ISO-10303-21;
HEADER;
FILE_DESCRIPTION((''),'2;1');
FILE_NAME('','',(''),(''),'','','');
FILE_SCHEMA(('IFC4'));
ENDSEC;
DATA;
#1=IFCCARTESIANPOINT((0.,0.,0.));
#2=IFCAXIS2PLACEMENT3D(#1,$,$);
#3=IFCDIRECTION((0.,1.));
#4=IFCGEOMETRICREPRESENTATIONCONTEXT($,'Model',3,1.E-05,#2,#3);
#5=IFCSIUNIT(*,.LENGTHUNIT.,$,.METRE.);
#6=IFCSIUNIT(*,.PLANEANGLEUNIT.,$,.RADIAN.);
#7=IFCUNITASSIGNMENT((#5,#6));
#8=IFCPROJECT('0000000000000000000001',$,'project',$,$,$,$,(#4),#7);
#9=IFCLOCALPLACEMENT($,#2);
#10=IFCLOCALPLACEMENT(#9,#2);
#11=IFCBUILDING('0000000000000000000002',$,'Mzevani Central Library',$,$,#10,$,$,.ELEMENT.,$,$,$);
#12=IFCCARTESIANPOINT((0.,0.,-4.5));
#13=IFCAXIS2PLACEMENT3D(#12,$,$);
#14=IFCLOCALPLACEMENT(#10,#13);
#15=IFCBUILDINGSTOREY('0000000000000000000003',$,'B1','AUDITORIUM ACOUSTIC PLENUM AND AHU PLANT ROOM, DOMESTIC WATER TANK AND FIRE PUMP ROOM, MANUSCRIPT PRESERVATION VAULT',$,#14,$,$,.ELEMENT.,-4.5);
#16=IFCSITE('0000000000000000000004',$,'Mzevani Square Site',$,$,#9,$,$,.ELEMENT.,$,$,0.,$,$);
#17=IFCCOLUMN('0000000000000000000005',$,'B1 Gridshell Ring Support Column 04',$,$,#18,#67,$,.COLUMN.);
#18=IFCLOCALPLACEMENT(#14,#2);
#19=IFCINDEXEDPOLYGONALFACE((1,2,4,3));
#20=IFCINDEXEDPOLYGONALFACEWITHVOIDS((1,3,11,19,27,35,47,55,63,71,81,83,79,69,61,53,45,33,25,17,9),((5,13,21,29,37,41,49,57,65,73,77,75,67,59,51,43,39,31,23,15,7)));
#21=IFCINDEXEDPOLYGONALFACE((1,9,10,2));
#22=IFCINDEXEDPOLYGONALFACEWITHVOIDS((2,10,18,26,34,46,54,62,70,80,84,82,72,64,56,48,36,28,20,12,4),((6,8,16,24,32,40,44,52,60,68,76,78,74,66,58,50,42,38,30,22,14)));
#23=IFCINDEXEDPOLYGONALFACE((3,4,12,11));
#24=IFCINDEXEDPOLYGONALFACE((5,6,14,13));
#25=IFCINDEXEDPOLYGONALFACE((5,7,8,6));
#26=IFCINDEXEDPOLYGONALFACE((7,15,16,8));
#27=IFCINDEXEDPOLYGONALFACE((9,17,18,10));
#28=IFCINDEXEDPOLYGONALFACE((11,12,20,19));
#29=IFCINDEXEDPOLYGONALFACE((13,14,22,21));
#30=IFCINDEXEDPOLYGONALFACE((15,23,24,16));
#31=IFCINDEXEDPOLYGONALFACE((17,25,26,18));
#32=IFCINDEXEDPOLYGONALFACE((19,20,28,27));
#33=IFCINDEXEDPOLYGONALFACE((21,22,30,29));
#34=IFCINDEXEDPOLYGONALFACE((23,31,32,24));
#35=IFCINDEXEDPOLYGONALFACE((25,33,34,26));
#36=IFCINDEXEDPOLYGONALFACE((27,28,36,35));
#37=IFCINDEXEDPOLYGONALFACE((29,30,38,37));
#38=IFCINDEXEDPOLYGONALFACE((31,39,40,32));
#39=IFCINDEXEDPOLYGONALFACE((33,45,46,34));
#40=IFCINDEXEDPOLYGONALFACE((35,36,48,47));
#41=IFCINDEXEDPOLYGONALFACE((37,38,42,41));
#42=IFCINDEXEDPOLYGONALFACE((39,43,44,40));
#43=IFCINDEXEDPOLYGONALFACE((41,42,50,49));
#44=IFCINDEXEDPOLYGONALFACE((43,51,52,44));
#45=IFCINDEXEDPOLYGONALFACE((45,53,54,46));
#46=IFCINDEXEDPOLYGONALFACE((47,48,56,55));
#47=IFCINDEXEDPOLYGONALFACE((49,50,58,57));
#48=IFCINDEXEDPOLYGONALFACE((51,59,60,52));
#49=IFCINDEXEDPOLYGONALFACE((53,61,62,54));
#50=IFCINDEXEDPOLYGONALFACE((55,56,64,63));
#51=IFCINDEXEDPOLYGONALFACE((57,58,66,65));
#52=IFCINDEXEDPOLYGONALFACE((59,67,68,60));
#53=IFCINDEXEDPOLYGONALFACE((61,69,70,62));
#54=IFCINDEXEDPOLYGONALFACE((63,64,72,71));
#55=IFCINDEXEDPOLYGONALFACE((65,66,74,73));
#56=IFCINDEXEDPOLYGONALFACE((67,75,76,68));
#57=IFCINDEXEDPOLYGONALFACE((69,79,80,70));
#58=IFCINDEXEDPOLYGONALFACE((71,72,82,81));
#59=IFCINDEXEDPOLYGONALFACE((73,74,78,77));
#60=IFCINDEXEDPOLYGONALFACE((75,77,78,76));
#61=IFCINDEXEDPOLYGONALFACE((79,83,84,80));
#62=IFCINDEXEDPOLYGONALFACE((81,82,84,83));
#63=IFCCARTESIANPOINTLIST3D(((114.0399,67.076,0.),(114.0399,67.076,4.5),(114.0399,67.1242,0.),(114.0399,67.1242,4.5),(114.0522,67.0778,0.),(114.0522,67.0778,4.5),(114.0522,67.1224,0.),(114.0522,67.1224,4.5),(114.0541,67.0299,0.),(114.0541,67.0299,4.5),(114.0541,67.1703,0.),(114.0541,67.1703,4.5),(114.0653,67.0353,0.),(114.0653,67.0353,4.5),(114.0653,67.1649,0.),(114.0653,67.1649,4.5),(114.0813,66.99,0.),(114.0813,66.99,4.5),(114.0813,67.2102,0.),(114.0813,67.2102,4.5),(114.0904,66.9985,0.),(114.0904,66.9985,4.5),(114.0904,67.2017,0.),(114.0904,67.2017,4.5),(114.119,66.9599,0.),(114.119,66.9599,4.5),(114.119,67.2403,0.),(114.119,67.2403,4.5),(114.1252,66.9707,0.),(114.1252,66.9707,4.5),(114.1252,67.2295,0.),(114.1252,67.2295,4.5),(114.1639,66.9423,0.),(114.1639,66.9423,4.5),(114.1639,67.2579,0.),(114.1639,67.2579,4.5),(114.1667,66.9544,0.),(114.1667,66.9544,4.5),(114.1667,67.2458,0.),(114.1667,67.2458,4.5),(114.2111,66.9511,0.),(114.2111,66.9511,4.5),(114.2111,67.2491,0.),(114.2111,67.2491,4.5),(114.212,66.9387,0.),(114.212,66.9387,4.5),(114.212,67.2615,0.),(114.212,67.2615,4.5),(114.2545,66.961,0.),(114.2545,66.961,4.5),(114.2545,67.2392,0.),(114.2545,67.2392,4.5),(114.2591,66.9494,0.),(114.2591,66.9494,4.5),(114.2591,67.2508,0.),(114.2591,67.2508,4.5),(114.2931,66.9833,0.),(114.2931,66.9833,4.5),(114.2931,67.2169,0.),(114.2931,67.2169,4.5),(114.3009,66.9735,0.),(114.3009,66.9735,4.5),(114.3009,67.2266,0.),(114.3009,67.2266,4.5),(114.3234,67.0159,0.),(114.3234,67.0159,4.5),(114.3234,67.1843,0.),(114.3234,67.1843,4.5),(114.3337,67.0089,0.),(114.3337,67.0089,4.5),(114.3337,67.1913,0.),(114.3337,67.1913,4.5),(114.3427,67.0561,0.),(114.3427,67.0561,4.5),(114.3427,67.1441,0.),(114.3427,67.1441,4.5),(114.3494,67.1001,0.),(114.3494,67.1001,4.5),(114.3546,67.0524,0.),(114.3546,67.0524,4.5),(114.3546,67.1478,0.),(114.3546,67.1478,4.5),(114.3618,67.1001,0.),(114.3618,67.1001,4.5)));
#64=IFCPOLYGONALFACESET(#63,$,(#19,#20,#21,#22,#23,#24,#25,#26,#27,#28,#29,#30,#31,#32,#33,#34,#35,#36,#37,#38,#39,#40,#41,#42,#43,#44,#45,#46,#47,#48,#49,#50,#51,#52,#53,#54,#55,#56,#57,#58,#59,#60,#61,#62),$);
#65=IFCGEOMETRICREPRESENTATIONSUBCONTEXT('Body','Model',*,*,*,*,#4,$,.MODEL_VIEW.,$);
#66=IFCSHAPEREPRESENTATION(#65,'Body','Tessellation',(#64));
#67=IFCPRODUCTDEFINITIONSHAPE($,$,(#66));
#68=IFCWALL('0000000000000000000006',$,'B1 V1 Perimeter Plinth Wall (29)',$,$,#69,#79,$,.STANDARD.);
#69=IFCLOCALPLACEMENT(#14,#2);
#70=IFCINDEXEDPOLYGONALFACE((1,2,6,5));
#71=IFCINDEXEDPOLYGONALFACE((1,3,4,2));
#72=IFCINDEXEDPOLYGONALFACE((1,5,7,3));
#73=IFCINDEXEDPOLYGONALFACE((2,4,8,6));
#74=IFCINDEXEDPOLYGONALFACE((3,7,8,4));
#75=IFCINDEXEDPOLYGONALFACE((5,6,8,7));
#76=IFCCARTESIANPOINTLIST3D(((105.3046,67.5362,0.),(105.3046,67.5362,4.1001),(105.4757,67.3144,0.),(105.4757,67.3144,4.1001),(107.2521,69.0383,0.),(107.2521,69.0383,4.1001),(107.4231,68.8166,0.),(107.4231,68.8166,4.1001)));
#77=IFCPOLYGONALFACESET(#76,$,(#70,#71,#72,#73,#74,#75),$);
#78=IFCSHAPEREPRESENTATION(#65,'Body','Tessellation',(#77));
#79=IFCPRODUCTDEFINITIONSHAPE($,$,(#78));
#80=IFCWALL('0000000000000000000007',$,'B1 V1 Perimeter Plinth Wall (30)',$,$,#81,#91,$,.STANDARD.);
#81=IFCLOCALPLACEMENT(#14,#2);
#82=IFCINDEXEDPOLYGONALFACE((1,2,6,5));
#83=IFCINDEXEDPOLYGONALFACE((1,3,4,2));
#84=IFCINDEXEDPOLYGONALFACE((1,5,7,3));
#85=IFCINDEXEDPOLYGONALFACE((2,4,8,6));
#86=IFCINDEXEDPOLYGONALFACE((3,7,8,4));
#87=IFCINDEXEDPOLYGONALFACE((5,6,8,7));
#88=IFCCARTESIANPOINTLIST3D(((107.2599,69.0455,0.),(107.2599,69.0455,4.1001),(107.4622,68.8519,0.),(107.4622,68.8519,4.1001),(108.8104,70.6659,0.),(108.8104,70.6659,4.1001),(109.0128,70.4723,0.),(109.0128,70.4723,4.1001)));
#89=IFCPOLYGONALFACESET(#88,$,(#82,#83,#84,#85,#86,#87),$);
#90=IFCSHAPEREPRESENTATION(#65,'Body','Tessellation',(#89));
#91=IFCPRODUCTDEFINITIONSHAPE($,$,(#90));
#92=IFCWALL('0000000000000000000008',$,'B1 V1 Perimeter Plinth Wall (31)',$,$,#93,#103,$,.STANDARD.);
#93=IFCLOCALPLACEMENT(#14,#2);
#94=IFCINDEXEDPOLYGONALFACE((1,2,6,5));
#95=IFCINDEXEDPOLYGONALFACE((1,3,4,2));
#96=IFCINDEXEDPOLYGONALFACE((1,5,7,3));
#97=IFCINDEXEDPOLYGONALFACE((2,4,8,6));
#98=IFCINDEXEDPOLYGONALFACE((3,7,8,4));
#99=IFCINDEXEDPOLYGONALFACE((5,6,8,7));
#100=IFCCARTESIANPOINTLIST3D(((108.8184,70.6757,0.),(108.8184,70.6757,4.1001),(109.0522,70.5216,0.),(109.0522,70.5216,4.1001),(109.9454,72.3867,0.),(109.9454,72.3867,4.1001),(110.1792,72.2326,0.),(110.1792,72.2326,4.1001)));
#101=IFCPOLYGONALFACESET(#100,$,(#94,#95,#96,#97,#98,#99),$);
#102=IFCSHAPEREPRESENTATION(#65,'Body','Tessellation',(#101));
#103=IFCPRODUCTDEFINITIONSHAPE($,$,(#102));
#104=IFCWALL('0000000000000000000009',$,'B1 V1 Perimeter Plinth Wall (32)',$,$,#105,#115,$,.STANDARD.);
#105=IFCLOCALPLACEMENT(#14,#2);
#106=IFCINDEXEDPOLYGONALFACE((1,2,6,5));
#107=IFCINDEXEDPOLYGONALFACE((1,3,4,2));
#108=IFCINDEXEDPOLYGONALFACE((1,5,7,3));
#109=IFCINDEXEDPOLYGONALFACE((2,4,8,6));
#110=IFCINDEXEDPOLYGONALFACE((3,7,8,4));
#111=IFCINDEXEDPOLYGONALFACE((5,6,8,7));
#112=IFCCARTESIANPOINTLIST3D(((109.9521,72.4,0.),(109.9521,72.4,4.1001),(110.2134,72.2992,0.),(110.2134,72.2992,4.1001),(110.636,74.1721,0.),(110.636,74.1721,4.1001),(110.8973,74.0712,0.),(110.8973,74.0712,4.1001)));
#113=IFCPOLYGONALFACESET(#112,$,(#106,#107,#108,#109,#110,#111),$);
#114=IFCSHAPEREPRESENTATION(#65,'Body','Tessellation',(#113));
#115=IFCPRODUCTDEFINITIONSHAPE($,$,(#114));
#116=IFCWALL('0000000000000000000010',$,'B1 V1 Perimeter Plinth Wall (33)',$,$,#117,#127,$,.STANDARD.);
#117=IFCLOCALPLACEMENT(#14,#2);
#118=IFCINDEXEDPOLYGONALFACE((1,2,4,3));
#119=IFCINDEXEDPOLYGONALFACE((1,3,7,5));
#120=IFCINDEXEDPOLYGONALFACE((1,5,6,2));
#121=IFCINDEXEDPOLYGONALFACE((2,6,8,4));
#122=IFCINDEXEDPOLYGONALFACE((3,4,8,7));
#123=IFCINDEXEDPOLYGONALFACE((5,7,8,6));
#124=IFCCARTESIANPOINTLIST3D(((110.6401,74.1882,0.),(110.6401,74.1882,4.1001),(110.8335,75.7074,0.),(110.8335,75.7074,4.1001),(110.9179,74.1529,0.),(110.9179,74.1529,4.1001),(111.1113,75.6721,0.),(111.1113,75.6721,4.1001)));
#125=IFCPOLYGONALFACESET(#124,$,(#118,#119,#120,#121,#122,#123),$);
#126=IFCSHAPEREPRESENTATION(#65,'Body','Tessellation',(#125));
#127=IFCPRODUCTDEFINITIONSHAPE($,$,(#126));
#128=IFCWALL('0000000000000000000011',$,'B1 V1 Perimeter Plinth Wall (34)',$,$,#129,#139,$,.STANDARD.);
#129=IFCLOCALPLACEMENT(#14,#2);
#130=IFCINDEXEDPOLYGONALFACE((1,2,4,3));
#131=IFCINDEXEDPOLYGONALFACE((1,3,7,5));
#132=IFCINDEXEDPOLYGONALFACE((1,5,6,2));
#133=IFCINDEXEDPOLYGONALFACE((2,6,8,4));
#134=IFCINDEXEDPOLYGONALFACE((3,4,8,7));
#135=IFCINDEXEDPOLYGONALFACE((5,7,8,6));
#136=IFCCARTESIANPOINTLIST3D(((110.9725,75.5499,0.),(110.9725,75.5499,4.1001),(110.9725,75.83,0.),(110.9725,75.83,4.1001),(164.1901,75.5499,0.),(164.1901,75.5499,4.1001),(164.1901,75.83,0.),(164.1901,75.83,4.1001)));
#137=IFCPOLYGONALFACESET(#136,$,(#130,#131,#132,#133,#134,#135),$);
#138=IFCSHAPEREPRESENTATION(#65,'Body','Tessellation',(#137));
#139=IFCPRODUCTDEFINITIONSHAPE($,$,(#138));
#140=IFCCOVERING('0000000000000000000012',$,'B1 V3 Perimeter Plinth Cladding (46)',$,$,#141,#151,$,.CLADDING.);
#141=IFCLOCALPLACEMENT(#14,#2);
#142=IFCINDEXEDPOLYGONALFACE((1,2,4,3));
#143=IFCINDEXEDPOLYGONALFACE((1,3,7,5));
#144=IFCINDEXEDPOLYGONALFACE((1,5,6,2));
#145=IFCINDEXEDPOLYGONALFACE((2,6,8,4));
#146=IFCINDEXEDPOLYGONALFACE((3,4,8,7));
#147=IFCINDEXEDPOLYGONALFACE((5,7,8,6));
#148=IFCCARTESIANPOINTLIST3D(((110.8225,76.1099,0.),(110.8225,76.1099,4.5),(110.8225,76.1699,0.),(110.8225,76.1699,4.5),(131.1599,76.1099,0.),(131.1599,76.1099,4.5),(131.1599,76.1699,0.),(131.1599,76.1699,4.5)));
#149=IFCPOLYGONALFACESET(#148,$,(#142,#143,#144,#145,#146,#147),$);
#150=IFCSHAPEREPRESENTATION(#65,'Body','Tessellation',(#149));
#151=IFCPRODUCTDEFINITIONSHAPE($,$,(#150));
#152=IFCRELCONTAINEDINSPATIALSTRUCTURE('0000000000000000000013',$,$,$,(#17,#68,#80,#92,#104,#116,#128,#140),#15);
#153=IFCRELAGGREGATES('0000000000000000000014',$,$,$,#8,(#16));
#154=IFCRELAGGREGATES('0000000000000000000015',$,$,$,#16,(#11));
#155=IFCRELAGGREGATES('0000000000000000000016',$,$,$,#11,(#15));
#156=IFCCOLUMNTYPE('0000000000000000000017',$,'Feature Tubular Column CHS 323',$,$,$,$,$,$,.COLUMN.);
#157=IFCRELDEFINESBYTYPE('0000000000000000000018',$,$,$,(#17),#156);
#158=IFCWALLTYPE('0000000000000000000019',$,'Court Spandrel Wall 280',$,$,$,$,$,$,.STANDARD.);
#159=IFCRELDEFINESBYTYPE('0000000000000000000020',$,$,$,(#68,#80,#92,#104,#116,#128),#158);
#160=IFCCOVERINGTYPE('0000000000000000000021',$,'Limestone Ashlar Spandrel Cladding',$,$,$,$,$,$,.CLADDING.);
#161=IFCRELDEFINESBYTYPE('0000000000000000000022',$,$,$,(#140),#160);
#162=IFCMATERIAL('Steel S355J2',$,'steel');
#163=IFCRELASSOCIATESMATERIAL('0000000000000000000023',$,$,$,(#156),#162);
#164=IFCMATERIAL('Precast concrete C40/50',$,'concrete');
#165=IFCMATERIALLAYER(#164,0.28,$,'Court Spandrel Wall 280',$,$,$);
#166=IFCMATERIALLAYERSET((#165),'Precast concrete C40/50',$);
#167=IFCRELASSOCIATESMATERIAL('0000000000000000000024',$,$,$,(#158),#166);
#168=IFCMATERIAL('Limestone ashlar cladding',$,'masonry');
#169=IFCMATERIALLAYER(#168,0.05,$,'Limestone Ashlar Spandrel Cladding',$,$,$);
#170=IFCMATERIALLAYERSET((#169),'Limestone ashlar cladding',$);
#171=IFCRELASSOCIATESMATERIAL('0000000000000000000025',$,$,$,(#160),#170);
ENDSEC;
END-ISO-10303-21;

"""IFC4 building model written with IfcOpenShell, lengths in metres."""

from ifc_helpers import new_model, si_unit, direction, frame, frame_2d, origin, origin_2d, place, context, subcontext, project, spatial, rectangle, hollow_circle, extrude, material, layer, layer_set, material_profile, profile_set, type_object, element, save


model = new_model("IFC4")

# Units and contexts
model_context = context("Model", 3, precision=1e-05, world=origin(), true_north=direction((0.0, 1.0)))
body_context = subcontext(model_context, "Body", "Model", "MODEL_VIEW")
ifc_project = project(units=[si_unit("LENGTHUNIT", "METRE"), si_unit("PLANEANGLEUNIT", "RADIAN")], contexts=[model_context])

# Site, building, storey
site_placement = place(None, origin())
site = spatial("IfcSite", under=ifc_project, at=site_placement, Name="Mzevani Square Site", CompositionType="ELEMENT", RefElevation=0.0)
building_placement = place(site_placement, origin())
building = spatial("IfcBuilding", under=site, at=building_placement, Name="Mzevani Central Library", CompositionType="ELEMENT")
storey_placement = place(building_placement, frame((0.0, 0.0, -4.5)))
storey = spatial("IfcBuildingStorey", under=building, at=storey_placement, Name="B1", Description="AUDITORIUM ACOUSTIC PLENUM AND AHU PLANT ROOM, DOMESTIC WATER TANK AND FIRE PUMP ROOM, MANUSCRIPT PRESERVATION VAULT", CompositionType="ELEMENT", Elevation=-4.5)

# Column
ifc_material_1 = material(Name="Steel S355J2", Category="steel")
ifc_material_profile_1 = material_profile(ifc_material_1, hollow_circle(Radius=0.1619, WallThickness=0.0125, at=origin_2d()), Name="CHS 323.9x12.5")
ifc_profile_set_1 = profile_set([ifc_material_profile_1], Name="Steel S355J2")
column_type_1 = type_object("IfcColumnType", Name="Feature Tubular Column CHS 323", PredefinedType="COLUMN", material=ifc_profile_set_1)
column_placement = place(storey_placement, frame((114.2, 67.1001, 0.0), z_axis=(0.0, 0.0, 1.0), x_axis=(1.0, 0.0, 0.0)))
element("IfcColumn", 1, at=column_placement, inside=storey, type_object=column_type_1, Name="B1 Gridshell Ring Support Column 04", PredefinedType="COLUMN", context=body_context, shape_type="SweptSolid", body=[
    extrude(hollow_circle(Radius=0.1619, WallThickness=0.0125, at=origin_2d()), origin(), (0.0, 0.0, 1.0), 4.5),
])

# Walls
ifc_material_2 = material(Name="Precast concrete C40/50", Category="concrete")
ifc_layer_1 = layer(ifc_material_2, 0.28, Name="Court Spandrel Wall 280")
ifc_layer_set_1 = layer_set([ifc_layer_1], Name="Precast concrete C40/50")
wall_type = type_object("IfcWallType", Name="Court Spandrel Wall 280", PredefinedType="STANDARD", material=ifc_layer_set_1)
wall_1_placement = place(storey_placement, frame((105.3901, 67.4253, 0.0), z_axis=(0.0, 0.0, 1.0), x_axis=(0.791815, 0.610761, 0.0)))
element("IfcWall", 2, at=wall_1_placement, inside=storey, type_object=wall_type, Name="B1 V1 Perimeter Plinth Wall (29)", PredefinedType="STANDARD", context=body_context, shape_type="SweptSolid", body=[
    extrude(rectangle(XDim=2.4595, YDim=0.28, at=frame_2d((1.2297, 0.0))), origin(), (0.0, 0.0, 1.0), 4.1001),
])
wall_2_placement = place(storey_placement, frame((107.3611, 68.9487, 0.0), z_axis=(0.0, 0.0, 1.0), x_axis=(0.691368, 0.722502, 0.0)))
element("IfcWall", 3, at=wall_2_placement, inside=storey, type_object=wall_type, Name="B1 V1 Perimeter Plinth Wall (30)", PredefinedType="STANDARD", context=body_context, shape_type="SweptSolid", body=[
    extrude(rectangle(XDim=2.2427, YDim=0.28, at=frame_2d((1.1213, 0.0))), origin(), (0.0, 0.0, 1.0), 4.1001),
])
wall_3_placement = place(storey_placement, frame((108.9353, 70.5986, 0.0), z_axis=(0.0, 0.0, 1.0), x_axis=(0.550072, 0.835117, 0.0)))
element("IfcWall", 4, at=wall_3_placement, inside=storey, type_object=wall_type, Name="B1 V1 Perimeter Plinth Wall (31)", PredefinedType="STANDARD", context=body_context, shape_type="SweptSolid", body=[
    extrude(rectangle(XDim=2.0488, YDim=0.28, at=frame_2d((1.0244, 0.0))), origin(), (0.0, 0.0, 1.0), 4.1001),
])
wall_4_placement = place(storey_placement, frame((110.0828, 72.3496, 0.0), z_axis=(0.0, 0.0, 1.0), x_axis=(0.360038, 0.932938, 0.0)))
element("IfcWall", 5, at=wall_4_placement, inside=storey, type_object=wall_type, Name="B1 V1 Perimeter Plinth Wall (32)", PredefinedType="STANDARD", context=body_context, shape_type="SweptSolid", body=[
    extrude(rectangle(XDim=1.8994, YDim=0.28, at=frame_2d((0.9497, 0.0))), origin(), (0.0, 0.0, 1.0), 4.1001),
])
wall_5_placement = place(storey_placement, frame((110.7791, 74.1707, 0.0), z_axis=(0.0, 0.0, 1.0), x_axis=(0.126251, 0.991998, 0.0)))
element("IfcWall", 6, at=wall_5_placement, inside=storey, type_object=wall_type, Name="B1 V1 Perimeter Plinth Wall (33)", PredefinedType="STANDARD", context=body_context, shape_type="SweptSolid", body=[
    extrude(rectangle(XDim=1.5315, YDim=0.28, at=frame_2d((0.7656, 0.0))), origin(), (0.0, 0.0, 1.0), 4.1001),
])
wall_6_placement = place(storey_placement, frame((110.9724, 75.6899, 0.0), z_axis=(0.0, 0.0, 1.0), x_axis=(1.0, 0.0, 0.0)))
element("IfcWall", 7, at=wall_6_placement, inside=storey, type_object=wall_type, Name="B1 V1 Perimeter Plinth Wall (34)", PredefinedType="STANDARD", context=body_context, shape_type="SweptSolid", body=[
    extrude(rectangle(XDim=53.2175, YDim=0.28, at=frame_2d((26.6089, 0.0))), origin(), (0.0, 0.0, 1.0), 4.1001),
])

# Covering
ifc_material_3 = material(Name="Limestone ashlar cladding", Category="masonry")
ifc_layer_2 = layer(ifc_material_3, 0.05, Name="Limestone Ashlar Spandrel Cladding")
ifc_layer_set_2 = layer_set([ifc_layer_2], Name="Limestone ashlar cladding")
covering_type = type_object("IfcCoveringType", Name="Limestone Ashlar Spandrel Cladding", PredefinedType="CLADDING", material=ifc_layer_set_2)
covering_placement = place(storey_placement, frame((120.9912, 76.1399, 0.0), z_axis=(0.0, 0.0, 1.0), x_axis=(-1.0, 0.0, 0.0)))
element("IfcCovering", 8, at=covering_placement, inside=storey, type_object=covering_type, Name="B1 V3 Perimeter Plinth Cladding (46)", PredefinedType="CLADDING", context=body_context, shape_type="SweptSolid", body=[
    extrude(rectangle(XDim=20.3374, YDim=0.0601, at=origin_2d()), origin(), (0.0, 0.0, 1.0), 4.5),
])

save(model, "model.ifc")
